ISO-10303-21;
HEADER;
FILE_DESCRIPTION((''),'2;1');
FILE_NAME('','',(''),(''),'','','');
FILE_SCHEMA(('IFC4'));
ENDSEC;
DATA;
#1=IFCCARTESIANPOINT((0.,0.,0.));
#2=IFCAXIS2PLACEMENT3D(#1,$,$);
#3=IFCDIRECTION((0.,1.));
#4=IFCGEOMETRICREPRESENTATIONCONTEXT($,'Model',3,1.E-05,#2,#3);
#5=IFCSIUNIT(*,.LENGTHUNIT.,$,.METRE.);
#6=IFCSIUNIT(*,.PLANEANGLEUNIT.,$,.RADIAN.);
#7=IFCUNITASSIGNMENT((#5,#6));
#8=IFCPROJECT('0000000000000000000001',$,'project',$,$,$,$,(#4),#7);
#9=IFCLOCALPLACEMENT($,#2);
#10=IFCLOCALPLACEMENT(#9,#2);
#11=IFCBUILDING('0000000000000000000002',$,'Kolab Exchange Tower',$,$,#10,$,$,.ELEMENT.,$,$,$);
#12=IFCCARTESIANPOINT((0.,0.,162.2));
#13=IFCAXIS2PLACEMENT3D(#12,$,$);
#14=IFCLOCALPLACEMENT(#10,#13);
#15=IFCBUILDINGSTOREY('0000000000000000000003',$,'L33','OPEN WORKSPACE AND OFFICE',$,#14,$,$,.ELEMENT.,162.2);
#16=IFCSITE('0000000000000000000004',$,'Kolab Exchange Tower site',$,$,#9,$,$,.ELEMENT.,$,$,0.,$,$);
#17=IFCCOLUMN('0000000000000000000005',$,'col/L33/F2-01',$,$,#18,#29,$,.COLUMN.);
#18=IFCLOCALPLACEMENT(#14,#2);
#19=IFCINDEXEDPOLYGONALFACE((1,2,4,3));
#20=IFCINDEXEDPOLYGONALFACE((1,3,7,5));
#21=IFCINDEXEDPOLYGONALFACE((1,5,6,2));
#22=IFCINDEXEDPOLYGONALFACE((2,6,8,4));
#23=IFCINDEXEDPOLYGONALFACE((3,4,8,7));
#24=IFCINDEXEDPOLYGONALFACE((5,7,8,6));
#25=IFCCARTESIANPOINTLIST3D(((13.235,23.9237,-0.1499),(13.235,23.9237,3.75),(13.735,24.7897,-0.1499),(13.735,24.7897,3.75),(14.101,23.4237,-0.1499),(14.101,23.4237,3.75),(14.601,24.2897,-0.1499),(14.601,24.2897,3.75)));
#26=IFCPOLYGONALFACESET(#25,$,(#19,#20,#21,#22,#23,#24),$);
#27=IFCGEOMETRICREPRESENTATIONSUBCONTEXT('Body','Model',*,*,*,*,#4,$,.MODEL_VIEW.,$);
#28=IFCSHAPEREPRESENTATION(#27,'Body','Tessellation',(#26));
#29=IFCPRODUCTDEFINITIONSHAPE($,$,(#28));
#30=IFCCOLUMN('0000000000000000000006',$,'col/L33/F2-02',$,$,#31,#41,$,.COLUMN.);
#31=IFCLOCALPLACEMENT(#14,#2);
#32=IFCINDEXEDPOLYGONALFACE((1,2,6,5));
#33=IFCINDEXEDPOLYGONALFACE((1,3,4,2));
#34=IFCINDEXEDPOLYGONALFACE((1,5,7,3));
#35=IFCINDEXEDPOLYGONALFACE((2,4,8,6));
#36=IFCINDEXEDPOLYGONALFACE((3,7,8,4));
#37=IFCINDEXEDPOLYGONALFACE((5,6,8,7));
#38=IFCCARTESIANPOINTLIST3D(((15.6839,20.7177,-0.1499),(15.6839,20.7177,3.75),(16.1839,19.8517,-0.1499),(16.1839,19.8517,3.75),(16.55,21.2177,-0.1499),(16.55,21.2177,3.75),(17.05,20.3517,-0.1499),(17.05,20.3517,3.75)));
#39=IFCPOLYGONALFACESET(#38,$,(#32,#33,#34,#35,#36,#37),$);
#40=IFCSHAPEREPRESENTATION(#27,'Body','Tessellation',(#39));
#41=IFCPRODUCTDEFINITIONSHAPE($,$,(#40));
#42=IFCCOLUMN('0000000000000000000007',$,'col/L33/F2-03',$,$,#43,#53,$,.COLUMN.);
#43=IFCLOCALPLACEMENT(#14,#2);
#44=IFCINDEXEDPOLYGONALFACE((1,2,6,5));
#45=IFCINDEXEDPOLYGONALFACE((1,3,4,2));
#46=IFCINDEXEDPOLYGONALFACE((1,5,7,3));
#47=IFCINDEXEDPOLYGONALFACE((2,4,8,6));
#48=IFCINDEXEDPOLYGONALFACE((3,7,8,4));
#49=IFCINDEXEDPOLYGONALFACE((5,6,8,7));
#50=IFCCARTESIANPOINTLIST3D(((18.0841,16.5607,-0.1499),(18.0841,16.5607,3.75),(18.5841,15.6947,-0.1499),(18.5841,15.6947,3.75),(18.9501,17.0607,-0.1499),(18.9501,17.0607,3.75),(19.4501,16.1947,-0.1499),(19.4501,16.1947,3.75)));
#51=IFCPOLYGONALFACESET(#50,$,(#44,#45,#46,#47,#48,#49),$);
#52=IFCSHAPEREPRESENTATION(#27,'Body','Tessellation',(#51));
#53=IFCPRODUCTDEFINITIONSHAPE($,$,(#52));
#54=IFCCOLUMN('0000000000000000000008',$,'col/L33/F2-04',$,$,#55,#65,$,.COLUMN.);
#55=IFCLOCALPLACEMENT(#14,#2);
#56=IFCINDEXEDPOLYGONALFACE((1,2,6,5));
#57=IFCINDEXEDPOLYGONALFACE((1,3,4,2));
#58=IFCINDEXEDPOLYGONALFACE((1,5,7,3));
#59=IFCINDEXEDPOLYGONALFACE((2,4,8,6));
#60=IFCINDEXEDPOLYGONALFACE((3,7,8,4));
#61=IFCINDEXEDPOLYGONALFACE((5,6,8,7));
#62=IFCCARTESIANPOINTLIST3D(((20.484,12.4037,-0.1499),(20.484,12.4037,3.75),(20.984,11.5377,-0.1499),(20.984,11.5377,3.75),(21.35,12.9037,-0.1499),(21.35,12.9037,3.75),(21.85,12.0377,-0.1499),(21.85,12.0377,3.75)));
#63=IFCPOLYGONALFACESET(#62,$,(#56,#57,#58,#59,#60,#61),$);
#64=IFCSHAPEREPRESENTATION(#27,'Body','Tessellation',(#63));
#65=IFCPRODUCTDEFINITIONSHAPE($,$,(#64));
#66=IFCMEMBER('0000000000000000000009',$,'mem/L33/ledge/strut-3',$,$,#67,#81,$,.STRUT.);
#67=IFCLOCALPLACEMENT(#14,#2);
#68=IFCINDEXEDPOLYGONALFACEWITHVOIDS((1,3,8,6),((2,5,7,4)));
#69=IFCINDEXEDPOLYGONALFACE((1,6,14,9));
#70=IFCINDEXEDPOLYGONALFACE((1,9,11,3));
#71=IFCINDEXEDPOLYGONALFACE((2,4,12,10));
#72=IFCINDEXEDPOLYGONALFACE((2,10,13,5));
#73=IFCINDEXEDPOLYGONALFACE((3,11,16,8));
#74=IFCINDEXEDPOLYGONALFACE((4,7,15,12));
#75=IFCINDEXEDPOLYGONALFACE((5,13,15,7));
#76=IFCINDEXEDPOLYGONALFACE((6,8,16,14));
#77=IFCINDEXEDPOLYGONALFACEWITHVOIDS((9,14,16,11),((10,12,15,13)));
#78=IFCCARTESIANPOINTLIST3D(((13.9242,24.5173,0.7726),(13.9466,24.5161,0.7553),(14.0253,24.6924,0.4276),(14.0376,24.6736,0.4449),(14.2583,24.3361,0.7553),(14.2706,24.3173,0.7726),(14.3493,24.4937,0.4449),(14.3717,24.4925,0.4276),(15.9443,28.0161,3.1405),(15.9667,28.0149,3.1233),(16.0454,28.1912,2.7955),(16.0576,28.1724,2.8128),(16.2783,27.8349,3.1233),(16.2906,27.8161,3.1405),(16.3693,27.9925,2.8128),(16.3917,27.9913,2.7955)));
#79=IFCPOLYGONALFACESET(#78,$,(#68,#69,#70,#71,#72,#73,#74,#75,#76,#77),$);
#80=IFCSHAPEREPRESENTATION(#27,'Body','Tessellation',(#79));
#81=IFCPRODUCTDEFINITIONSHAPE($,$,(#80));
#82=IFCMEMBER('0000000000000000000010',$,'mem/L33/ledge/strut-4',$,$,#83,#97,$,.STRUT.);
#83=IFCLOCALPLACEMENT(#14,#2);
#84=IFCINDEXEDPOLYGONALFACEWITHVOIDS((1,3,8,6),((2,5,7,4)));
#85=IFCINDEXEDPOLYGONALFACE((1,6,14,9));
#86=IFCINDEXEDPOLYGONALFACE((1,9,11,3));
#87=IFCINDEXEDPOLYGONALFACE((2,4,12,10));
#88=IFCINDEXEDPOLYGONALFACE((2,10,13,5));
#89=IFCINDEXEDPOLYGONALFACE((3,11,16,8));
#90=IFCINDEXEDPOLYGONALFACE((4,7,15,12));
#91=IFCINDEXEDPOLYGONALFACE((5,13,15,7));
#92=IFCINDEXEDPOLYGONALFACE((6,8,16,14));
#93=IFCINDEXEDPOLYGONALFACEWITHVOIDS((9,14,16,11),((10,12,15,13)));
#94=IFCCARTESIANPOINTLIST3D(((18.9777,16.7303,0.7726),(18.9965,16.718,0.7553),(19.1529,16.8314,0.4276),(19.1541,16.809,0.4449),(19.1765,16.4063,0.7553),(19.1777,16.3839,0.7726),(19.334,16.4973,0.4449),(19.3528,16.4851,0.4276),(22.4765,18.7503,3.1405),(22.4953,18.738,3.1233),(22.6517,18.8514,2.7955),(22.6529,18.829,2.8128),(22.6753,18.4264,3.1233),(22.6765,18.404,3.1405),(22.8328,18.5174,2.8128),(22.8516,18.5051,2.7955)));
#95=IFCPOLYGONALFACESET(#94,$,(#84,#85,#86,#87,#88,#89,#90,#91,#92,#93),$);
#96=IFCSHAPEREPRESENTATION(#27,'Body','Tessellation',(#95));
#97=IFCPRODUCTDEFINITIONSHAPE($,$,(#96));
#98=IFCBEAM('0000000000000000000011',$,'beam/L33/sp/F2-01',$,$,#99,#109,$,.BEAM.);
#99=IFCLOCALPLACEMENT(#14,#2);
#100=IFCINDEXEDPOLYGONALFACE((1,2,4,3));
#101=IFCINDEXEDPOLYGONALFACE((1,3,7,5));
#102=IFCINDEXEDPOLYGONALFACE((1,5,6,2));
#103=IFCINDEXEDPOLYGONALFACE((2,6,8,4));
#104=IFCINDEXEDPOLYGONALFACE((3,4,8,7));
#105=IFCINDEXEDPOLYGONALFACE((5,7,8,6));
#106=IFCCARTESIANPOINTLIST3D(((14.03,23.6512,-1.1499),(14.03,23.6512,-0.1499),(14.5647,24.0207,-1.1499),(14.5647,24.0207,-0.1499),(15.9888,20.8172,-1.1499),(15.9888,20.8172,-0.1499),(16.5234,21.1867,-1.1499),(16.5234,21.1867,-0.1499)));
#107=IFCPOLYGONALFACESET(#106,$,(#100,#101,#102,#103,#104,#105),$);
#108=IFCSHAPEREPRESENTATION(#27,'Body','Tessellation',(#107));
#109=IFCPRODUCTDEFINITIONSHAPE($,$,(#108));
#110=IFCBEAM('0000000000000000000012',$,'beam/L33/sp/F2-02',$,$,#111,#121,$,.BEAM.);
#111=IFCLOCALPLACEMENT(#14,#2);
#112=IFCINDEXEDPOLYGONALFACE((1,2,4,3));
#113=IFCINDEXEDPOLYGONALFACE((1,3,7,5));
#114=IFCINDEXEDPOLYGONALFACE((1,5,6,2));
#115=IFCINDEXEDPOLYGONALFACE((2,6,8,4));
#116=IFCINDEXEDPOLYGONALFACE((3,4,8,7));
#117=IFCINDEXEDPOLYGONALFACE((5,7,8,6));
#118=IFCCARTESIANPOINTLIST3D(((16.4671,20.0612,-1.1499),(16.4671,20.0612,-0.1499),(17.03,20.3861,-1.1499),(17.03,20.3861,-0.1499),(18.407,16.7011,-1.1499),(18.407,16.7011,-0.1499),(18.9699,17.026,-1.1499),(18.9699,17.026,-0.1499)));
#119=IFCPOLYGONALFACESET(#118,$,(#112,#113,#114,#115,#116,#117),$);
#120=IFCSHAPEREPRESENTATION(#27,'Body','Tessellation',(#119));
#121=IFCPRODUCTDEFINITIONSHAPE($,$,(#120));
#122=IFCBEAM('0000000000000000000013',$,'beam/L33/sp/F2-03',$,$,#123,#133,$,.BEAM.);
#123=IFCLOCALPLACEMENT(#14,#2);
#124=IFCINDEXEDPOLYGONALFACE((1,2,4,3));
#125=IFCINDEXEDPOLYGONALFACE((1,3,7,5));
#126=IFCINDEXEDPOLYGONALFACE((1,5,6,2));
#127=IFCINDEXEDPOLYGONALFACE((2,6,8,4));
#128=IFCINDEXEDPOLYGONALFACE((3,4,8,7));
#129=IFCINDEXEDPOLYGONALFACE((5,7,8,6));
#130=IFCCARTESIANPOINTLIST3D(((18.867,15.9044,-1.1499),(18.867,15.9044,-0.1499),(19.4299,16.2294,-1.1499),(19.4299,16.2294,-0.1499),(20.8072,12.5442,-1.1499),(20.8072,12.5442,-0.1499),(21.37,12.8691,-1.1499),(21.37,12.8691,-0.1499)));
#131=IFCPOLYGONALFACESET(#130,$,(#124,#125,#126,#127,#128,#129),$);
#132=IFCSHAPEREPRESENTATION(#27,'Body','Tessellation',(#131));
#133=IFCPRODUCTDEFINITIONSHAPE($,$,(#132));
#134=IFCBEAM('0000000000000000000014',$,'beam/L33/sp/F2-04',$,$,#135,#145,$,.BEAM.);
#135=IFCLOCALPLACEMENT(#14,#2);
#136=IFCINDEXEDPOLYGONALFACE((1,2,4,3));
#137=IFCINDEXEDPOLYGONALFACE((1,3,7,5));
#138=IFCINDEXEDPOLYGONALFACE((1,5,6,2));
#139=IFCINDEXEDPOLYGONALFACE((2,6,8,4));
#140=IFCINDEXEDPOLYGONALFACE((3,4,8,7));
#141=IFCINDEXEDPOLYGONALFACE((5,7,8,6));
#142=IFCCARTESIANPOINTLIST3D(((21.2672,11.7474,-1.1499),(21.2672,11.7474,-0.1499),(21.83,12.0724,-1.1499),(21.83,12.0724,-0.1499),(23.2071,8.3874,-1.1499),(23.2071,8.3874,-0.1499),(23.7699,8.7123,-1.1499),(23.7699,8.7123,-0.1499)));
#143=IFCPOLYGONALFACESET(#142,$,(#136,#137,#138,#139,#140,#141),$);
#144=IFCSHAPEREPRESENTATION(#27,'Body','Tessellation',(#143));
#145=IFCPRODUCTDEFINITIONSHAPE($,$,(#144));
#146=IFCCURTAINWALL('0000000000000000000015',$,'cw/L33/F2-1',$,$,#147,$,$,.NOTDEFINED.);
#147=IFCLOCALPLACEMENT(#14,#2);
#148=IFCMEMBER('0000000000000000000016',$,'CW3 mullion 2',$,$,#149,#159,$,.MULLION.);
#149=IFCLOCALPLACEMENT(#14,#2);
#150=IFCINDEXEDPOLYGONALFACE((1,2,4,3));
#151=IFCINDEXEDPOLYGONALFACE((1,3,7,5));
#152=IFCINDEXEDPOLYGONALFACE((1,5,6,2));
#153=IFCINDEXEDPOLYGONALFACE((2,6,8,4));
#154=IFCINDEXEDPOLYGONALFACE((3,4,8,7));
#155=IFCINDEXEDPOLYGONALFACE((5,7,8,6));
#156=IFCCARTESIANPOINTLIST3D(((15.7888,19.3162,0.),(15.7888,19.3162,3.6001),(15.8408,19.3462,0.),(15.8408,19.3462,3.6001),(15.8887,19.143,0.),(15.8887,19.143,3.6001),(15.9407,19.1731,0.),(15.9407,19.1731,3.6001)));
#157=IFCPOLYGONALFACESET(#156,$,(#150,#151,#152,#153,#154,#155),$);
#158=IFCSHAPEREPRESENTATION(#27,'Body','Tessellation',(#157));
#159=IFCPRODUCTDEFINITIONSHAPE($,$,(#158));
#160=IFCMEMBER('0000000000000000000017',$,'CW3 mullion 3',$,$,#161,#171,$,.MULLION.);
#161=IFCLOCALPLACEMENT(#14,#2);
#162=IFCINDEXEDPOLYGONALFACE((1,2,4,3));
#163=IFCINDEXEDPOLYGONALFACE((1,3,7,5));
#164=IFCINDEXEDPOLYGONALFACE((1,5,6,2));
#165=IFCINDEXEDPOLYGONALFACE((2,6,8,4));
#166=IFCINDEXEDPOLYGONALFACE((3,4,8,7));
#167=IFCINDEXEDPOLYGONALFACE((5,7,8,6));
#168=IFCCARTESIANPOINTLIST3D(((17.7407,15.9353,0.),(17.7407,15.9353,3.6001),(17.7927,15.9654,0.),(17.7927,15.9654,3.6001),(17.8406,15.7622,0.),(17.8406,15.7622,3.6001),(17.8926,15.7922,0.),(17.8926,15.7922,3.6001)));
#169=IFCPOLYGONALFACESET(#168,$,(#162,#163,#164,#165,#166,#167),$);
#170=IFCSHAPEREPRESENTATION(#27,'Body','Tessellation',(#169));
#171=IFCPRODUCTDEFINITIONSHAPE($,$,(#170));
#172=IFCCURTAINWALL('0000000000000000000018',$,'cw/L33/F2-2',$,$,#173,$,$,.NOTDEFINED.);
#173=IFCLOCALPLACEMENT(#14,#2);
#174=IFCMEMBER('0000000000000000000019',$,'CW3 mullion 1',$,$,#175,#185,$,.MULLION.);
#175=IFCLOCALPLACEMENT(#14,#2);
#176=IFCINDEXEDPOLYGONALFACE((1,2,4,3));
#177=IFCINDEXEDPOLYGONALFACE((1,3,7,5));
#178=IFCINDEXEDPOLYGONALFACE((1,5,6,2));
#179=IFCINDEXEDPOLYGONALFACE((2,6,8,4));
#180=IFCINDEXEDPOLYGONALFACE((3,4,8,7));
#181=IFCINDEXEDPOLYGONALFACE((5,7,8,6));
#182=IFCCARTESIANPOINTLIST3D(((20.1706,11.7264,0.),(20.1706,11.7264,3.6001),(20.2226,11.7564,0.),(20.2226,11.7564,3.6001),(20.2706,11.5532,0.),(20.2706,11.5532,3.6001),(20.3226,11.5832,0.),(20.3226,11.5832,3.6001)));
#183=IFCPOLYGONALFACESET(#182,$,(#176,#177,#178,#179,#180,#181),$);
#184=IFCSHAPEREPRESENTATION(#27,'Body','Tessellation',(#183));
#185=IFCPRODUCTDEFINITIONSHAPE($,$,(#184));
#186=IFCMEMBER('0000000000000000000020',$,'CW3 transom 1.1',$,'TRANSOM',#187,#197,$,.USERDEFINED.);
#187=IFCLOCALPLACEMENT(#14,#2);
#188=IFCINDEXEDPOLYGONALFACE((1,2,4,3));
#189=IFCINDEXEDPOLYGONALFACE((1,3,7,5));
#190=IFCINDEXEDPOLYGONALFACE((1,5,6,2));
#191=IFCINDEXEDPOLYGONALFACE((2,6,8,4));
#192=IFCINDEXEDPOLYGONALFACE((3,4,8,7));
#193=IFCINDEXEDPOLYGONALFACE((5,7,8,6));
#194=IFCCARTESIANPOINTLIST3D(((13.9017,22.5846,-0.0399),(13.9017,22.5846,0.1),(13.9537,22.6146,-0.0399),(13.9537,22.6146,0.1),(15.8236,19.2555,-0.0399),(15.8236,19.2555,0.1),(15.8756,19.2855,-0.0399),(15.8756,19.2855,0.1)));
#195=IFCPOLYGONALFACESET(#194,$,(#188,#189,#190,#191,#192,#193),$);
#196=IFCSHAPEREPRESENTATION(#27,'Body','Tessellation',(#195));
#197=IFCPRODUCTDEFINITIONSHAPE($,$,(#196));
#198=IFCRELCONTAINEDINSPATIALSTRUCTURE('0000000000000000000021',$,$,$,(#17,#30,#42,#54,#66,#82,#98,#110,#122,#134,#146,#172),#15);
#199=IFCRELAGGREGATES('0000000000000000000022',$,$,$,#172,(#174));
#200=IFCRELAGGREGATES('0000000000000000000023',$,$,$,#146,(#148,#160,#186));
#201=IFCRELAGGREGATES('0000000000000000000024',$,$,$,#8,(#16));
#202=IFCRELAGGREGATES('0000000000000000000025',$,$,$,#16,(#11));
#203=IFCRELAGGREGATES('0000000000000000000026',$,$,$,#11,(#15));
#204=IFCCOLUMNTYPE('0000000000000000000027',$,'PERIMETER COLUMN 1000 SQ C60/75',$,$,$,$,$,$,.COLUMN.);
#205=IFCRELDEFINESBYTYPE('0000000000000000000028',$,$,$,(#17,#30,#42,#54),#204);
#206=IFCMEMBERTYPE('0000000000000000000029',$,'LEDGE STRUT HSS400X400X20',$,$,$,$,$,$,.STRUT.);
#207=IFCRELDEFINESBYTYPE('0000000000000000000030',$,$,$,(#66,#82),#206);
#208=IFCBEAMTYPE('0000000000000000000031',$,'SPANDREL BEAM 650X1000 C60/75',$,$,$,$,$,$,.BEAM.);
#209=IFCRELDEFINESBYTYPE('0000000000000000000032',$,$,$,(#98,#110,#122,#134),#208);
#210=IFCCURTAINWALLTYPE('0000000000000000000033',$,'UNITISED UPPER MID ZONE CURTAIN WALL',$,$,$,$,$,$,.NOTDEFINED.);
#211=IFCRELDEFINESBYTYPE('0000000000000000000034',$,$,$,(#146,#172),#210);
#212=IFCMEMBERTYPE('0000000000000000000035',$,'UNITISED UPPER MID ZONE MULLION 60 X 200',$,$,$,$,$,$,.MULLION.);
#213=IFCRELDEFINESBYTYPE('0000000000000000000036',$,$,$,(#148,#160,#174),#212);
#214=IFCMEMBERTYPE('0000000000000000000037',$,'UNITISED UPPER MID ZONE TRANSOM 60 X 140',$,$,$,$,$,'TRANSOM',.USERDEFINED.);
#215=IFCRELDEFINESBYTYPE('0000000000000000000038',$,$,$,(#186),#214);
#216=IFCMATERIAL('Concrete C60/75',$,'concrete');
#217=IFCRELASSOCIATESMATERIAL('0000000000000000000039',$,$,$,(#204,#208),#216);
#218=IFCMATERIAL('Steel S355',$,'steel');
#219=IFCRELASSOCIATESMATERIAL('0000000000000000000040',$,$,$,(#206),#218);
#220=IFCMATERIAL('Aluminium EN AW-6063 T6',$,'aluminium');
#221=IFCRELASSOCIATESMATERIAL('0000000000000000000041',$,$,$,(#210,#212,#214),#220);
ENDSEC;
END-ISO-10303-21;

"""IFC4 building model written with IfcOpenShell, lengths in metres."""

from ifc_helpers import new_model, si_unit, direction, frame, origin, origin_2d, place, context, subcontext, project, spatial, rectangle, hollow_rectangle, extrude, material, material_profile, profile_set, type_object, element, aggregate, save


model = new_model("IFC4")

# Units and contexts
model_context = context("Model", 3, precision=1e-05, world=origin(), true_north=direction((0.0, 1.0)))
body_context = subcontext(model_context, "Body", "Model", "MODEL_VIEW")
ifc_project = project(units=[si_unit("LENGTHUNIT", "METRE"), si_unit("PLANEANGLEUNIT", "RADIAN")], contexts=[model_context])

# Site, building, storey
site_placement = place(None, origin())
site = spatial("IfcSite", under=ifc_project, at=site_placement, Name="Kolab Exchange Tower site", CompositionType="ELEMENT", RefElevation=0.0)
building_placement = place(site_placement, origin())
building = spatial("IfcBuilding", under=site, at=building_placement, Name="Kolab Exchange Tower", CompositionType="ELEMENT")
storey_placement = place(building_placement, frame((0.0, 0.0, 162.2)))
storey = spatial("IfcBuildingStorey", under=building, at=storey_placement, Name="L33", Description="OPEN WORKSPACE AND OFFICE", CompositionType="ELEMENT", Elevation=162.2)

# Columns
ifc_material_1 = material(Name="Concrete C60/75", Category="concrete")
ifc_material_profile_1 = material_profile(ifc_material_1, rectangle(XDim=1.0, YDim=1.0, at=origin_2d()), Name="RC1000")
ifc_profile_set_1 = profile_set([ifc_material_profile_1], Name="Concrete C60/75")
column_type = type_object("IfcColumnType", Name="PERIMETER COLUMN 1000 SQ C60/75", PredefinedType="COLUMN", material=ifc_profile_set_1)
for number, where, z_axis, x_axis, name in (
    (1, (13.918, 24.1067, -0.1499), (0.0, 0.0, 1.0), (0.5, 0.866025, 0.0), "col/L33/F2-01"),
    (2, (16.3669, 20.5347, -0.1499), (0.0, 0.0, 1.0), (0.866025, 0.5, 0.0), "col/L33/F2-02"),
    (3, (18.7671, 16.3777, -0.1499), (0.0, 0.0, 1.0), (0.866025, 0.5, 0.0), "col/L33/F2-03"),
    (4, (21.167, 12.2207, -0.1499), (0.0, 0.0, 1.0), (0.866025, 0.5, 0.0), "col/L33/F2-04"),
):
    element("IfcColumn", number, at=place(storey_placement, frame(where, z_axis=z_axis, x_axis=x_axis)), inside=storey, type_object=column_type, Name=name, PredefinedType="COLUMN", context=body_context, shape_type="SweptSolid", body=[
        extrude(rectangle(XDim=1.0, YDim=1.0, at=origin_2d()), origin(), (0.0, 0.0, 1.0), 3.8999),
    ])

# Members
ifc_material_2 = material(Name="Steel S355", Category="steel")
ifc_material_profile_2 = material_profile(ifc_material_2, hollow_rectangle(XDim=0.3999, YDim=0.3999, WallThickness=0.02, at=origin_2d()), Name="HSS400X400X20")
ifc_profile_set_2 = profile_set([ifc_material_profile_2], Name="Steel S355")
member_type_1 = type_object("IfcMemberType", Name="LEDGE STRUT HSS400X400X20", PredefinedType="STRUT", material=ifc_profile_set_2)
for number, where, z_axis, x_axis, name in (
    (5, (14.1479, 24.5049, 0.6001), (0.431366, 0.747149, 0.505659), (-0.866026, 0.5, 0.0), "mem/L33/ledge/strut-3"),
    (6, (19.1653, 16.6077, 0.6001), (0.747149, 0.431366, 0.505659), (-0.5, 0.866026, 0.0), "mem/L33/ledge/strut-4"),
):
    element("IfcMember", number, at=place(storey_placement, frame(where, z_axis=z_axis, x_axis=x_axis)), inside=storey, type_object=member_type_1, Name=name, PredefinedType="STRUT", context=body_context, shape_type="SweptSolid", body=[
        extrude(hollow_rectangle(XDim=0.3999, YDim=0.3999, WallThickness=0.02, at=origin_2d()), origin(), (0.0, 0.0, 1.0), 4.6829),
    ])

# Beams
ifc_material_profile_3 = material_profile(ifc_material_1, rectangle(XDim=0.6499, YDim=1.0, at=origin_2d()), Name="RC650X1000")
ifc_profile_set_3 = profile_set([ifc_material_profile_3], Name="Concrete C60/75")
beam_type = type_object("IfcBeamType", Name="SPANDREL BEAM 650X1000 C60/75", PredefinedType="BEAM", material=ifc_profile_set_3)
beam_1_placement = place(storey_placement, frame((14.2974, 23.8359, -0.6499), z_axis=(0.568572, -0.822633, 0.0), x_axis=(0.822633, 0.568572, 0.0)))
element("IfcBeam", 7, at=beam_1_placement, inside=storey, type_object=beam_type, Name="beam/L33/sp/F2-01", PredefinedType="BEAM", context=body_context, shape_type="SweptSolid", body=[
    extrude(rectangle(XDim=0.6499, YDim=1.0, at=origin_2d()), origin(), (0.0, 0.0, 1.0), 3.4451),
])
beam_2_placement = place(storey_placement, frame((16.7485, 20.2236, -0.6499), z_axis=(0.499997, -0.866027, 0.0), x_axis=(0.866027, 0.499997, 0.0)))
element("IfcBeam", 8, at=beam_2_placement, inside=storey, type_object=beam_type, Name="beam/L33/sp/F2-02", PredefinedType="BEAM", context=body_context, shape_type="SweptSolid", body=[
    extrude(rectangle(XDim=0.6499, YDim=1.0, at=origin_2d()), origin(), (0.0, 0.0, 1.0), 3.8799),
])
beam_3_placement = place(storey_placement, frame((19.1484, 16.0669, -0.6499), z_axis=(0.500017, -0.866016, 0.0), x_axis=(0.866016, 0.500017, 0.0)))
element("IfcBeam", 9, at=beam_3_placement, inside=storey, type_object=beam_type, Name="beam/L33/sp/F2-03", PredefinedType="BEAM", context=body_context, shape_type="SweptSolid", body=[
    extrude(rectangle(XDim=0.6499, YDim=1.0, at=origin_2d()), origin(), (0.0, 0.0, 1.0), 3.8801),
])
beam_4_placement = place(storey_placement, frame((21.5486, 11.9099, -0.6499), z_axis=(0.499997, -0.866027, 0.0), x_axis=(0.866027, 0.499997, 0.0)))
element("IfcBeam", 10, at=beam_4_placement, inside=storey, type_object=beam_type, Name="beam/L33/sp/F2-04", PredefinedType="BEAM", context=body_context, shape_type="SweptSolid", body=[
    extrude(rectangle(XDim=0.6499, YDim=1.0, at=origin_2d()), origin(), (0.0, 0.0, 1.0), 3.8799),
])

# Curtain wall, members
ifc_material_3 = material(Name="Aluminium EN AW-6063 T6", Category="aluminium")
curtain_wall_type = type_object("IfcCurtainWallType", Name="UNITISED UPPER MID ZONE CURTAIN WALL", PredefinedType="NOTDEFINED", material=ifc_material_3)
curtain_wall_1_placement = place(storey_placement, origin())
curtain_wall_1 = element("IfcCurtainWall", 11, at=curtain_wall_1_placement, inside=storey, type_object=curtain_wall_type, Name="cw/L33/F2-1", PredefinedType="NOTDEFINED")
ifc_material_profile_4 = material_profile(ifc_material_3, rectangle(XDim=0.0601, YDim=0.2, at=origin_2d()), Name="RECT 60X200")
ifc_profile_set_4 = profile_set([ifc_material_profile_4], Name="Aluminium EN AW-6063 T6")
member_type_2 = type_object("IfcMemberType", Name="UNITISED UPPER MID ZONE MULLION 60 X 200", PredefinedType="MULLION", material=ifc_profile_set_4)
member_1_placement = place(storey_placement, frame((15.8647, 19.2446, 0.0), z_axis=(0.0, 0.0, 1.0), x_axis=(0.866025, 0.5, 0.0)))
member_1 = element("IfcMember", 12, at=member_1_placement, type_object=member_type_2, Name="CW3 mullion 2", PredefinedType="MULLION", context=body_context, shape_type="SweptSolid", body=[
    extrude(rectangle(XDim=0.0601, YDim=0.2, at=origin_2d()), origin(), (0.0, 0.0, 1.0), 3.6001),
])
member_2_placement = place(storey_placement, frame((17.8167, 15.8638, 0.0), z_axis=(0.0, 0.0, 1.0), x_axis=(0.866025, 0.5, 0.0)))
member_2 = element("IfcMember", 13, at=member_2_placement, type_object=member_type_2, Name="CW3 mullion 3", PredefinedType="MULLION", context=body_context, shape_type="SweptSolid", body=[
    extrude(rectangle(XDim=0.0601, YDim=0.2, at=origin_2d()), origin(), (0.0, 0.0, 1.0), 3.6001),
])

# Curtain wall, member
curtain_wall_2_placement = place(storey_placement, origin())
curtain_wall_2 = element("IfcCurtainWall", 14, at=curtain_wall_2_placement, inside=storey, type_object=curtain_wall_type, Name="cw/L33/F2-2", PredefinedType="NOTDEFINED")
member_3_placement = place(storey_placement, frame((20.2466, 11.6548, 0.0), z_axis=(0.0, 0.0, 1.0), x_axis=(0.866025, 0.5, 0.0)))
member_3 = element("IfcMember", 15, at=member_3_placement, type_object=member_type_2, Name="CW3 mullion 1", PredefinedType="MULLION", context=body_context, shape_type="SweptSolid", body=[
    extrude(rectangle(XDim=0.0601, YDim=0.2, at=origin_2d()), origin(), (0.0, 0.0, 1.0), 3.6001),
])

# Member
ifc_material_profile_5 = material_profile(ifc_material_3, rectangle(XDim=0.0601, YDim=0.1399, at=origin_2d()), Name="RECT 60X140")
ifc_profile_set_5 = profile_set([ifc_material_profile_5], Name="Aluminium EN AW-6063 T6")
member_type_3 = type_object("IfcMemberType", Name="UNITISED UPPER MID ZONE TRANSOM 60 X 140", ElementType="TRANSOM", PredefinedType="USERDEFINED", material=ifc_profile_set_5)
member_4_placement = place(storey_placement, frame((13.9277, 22.5996, 0.03), z_axis=(0.499964, -0.866046, 0.0), x_axis=(0.866046, 0.499964, 0.0)))
member_4 = element("IfcMember", 16, at=member_4_placement, type_object=member_type_3, Name="CW3 transom 1.1", ObjectType="TRANSOM", PredefinedType="USERDEFINED", context=body_context, shape_type="SweptSolid", body=[
    extrude(rectangle(XDim=0.0601, YDim=0.1399, at=origin_2d()), origin(), (0.0, 0.0, 1.0), 3.844),
])
aggregate(curtain_wall_2, [member_3])

aggregate(curtain_wall_1, [member_1, member_2, member_4])

save(model, "model.ifc")
